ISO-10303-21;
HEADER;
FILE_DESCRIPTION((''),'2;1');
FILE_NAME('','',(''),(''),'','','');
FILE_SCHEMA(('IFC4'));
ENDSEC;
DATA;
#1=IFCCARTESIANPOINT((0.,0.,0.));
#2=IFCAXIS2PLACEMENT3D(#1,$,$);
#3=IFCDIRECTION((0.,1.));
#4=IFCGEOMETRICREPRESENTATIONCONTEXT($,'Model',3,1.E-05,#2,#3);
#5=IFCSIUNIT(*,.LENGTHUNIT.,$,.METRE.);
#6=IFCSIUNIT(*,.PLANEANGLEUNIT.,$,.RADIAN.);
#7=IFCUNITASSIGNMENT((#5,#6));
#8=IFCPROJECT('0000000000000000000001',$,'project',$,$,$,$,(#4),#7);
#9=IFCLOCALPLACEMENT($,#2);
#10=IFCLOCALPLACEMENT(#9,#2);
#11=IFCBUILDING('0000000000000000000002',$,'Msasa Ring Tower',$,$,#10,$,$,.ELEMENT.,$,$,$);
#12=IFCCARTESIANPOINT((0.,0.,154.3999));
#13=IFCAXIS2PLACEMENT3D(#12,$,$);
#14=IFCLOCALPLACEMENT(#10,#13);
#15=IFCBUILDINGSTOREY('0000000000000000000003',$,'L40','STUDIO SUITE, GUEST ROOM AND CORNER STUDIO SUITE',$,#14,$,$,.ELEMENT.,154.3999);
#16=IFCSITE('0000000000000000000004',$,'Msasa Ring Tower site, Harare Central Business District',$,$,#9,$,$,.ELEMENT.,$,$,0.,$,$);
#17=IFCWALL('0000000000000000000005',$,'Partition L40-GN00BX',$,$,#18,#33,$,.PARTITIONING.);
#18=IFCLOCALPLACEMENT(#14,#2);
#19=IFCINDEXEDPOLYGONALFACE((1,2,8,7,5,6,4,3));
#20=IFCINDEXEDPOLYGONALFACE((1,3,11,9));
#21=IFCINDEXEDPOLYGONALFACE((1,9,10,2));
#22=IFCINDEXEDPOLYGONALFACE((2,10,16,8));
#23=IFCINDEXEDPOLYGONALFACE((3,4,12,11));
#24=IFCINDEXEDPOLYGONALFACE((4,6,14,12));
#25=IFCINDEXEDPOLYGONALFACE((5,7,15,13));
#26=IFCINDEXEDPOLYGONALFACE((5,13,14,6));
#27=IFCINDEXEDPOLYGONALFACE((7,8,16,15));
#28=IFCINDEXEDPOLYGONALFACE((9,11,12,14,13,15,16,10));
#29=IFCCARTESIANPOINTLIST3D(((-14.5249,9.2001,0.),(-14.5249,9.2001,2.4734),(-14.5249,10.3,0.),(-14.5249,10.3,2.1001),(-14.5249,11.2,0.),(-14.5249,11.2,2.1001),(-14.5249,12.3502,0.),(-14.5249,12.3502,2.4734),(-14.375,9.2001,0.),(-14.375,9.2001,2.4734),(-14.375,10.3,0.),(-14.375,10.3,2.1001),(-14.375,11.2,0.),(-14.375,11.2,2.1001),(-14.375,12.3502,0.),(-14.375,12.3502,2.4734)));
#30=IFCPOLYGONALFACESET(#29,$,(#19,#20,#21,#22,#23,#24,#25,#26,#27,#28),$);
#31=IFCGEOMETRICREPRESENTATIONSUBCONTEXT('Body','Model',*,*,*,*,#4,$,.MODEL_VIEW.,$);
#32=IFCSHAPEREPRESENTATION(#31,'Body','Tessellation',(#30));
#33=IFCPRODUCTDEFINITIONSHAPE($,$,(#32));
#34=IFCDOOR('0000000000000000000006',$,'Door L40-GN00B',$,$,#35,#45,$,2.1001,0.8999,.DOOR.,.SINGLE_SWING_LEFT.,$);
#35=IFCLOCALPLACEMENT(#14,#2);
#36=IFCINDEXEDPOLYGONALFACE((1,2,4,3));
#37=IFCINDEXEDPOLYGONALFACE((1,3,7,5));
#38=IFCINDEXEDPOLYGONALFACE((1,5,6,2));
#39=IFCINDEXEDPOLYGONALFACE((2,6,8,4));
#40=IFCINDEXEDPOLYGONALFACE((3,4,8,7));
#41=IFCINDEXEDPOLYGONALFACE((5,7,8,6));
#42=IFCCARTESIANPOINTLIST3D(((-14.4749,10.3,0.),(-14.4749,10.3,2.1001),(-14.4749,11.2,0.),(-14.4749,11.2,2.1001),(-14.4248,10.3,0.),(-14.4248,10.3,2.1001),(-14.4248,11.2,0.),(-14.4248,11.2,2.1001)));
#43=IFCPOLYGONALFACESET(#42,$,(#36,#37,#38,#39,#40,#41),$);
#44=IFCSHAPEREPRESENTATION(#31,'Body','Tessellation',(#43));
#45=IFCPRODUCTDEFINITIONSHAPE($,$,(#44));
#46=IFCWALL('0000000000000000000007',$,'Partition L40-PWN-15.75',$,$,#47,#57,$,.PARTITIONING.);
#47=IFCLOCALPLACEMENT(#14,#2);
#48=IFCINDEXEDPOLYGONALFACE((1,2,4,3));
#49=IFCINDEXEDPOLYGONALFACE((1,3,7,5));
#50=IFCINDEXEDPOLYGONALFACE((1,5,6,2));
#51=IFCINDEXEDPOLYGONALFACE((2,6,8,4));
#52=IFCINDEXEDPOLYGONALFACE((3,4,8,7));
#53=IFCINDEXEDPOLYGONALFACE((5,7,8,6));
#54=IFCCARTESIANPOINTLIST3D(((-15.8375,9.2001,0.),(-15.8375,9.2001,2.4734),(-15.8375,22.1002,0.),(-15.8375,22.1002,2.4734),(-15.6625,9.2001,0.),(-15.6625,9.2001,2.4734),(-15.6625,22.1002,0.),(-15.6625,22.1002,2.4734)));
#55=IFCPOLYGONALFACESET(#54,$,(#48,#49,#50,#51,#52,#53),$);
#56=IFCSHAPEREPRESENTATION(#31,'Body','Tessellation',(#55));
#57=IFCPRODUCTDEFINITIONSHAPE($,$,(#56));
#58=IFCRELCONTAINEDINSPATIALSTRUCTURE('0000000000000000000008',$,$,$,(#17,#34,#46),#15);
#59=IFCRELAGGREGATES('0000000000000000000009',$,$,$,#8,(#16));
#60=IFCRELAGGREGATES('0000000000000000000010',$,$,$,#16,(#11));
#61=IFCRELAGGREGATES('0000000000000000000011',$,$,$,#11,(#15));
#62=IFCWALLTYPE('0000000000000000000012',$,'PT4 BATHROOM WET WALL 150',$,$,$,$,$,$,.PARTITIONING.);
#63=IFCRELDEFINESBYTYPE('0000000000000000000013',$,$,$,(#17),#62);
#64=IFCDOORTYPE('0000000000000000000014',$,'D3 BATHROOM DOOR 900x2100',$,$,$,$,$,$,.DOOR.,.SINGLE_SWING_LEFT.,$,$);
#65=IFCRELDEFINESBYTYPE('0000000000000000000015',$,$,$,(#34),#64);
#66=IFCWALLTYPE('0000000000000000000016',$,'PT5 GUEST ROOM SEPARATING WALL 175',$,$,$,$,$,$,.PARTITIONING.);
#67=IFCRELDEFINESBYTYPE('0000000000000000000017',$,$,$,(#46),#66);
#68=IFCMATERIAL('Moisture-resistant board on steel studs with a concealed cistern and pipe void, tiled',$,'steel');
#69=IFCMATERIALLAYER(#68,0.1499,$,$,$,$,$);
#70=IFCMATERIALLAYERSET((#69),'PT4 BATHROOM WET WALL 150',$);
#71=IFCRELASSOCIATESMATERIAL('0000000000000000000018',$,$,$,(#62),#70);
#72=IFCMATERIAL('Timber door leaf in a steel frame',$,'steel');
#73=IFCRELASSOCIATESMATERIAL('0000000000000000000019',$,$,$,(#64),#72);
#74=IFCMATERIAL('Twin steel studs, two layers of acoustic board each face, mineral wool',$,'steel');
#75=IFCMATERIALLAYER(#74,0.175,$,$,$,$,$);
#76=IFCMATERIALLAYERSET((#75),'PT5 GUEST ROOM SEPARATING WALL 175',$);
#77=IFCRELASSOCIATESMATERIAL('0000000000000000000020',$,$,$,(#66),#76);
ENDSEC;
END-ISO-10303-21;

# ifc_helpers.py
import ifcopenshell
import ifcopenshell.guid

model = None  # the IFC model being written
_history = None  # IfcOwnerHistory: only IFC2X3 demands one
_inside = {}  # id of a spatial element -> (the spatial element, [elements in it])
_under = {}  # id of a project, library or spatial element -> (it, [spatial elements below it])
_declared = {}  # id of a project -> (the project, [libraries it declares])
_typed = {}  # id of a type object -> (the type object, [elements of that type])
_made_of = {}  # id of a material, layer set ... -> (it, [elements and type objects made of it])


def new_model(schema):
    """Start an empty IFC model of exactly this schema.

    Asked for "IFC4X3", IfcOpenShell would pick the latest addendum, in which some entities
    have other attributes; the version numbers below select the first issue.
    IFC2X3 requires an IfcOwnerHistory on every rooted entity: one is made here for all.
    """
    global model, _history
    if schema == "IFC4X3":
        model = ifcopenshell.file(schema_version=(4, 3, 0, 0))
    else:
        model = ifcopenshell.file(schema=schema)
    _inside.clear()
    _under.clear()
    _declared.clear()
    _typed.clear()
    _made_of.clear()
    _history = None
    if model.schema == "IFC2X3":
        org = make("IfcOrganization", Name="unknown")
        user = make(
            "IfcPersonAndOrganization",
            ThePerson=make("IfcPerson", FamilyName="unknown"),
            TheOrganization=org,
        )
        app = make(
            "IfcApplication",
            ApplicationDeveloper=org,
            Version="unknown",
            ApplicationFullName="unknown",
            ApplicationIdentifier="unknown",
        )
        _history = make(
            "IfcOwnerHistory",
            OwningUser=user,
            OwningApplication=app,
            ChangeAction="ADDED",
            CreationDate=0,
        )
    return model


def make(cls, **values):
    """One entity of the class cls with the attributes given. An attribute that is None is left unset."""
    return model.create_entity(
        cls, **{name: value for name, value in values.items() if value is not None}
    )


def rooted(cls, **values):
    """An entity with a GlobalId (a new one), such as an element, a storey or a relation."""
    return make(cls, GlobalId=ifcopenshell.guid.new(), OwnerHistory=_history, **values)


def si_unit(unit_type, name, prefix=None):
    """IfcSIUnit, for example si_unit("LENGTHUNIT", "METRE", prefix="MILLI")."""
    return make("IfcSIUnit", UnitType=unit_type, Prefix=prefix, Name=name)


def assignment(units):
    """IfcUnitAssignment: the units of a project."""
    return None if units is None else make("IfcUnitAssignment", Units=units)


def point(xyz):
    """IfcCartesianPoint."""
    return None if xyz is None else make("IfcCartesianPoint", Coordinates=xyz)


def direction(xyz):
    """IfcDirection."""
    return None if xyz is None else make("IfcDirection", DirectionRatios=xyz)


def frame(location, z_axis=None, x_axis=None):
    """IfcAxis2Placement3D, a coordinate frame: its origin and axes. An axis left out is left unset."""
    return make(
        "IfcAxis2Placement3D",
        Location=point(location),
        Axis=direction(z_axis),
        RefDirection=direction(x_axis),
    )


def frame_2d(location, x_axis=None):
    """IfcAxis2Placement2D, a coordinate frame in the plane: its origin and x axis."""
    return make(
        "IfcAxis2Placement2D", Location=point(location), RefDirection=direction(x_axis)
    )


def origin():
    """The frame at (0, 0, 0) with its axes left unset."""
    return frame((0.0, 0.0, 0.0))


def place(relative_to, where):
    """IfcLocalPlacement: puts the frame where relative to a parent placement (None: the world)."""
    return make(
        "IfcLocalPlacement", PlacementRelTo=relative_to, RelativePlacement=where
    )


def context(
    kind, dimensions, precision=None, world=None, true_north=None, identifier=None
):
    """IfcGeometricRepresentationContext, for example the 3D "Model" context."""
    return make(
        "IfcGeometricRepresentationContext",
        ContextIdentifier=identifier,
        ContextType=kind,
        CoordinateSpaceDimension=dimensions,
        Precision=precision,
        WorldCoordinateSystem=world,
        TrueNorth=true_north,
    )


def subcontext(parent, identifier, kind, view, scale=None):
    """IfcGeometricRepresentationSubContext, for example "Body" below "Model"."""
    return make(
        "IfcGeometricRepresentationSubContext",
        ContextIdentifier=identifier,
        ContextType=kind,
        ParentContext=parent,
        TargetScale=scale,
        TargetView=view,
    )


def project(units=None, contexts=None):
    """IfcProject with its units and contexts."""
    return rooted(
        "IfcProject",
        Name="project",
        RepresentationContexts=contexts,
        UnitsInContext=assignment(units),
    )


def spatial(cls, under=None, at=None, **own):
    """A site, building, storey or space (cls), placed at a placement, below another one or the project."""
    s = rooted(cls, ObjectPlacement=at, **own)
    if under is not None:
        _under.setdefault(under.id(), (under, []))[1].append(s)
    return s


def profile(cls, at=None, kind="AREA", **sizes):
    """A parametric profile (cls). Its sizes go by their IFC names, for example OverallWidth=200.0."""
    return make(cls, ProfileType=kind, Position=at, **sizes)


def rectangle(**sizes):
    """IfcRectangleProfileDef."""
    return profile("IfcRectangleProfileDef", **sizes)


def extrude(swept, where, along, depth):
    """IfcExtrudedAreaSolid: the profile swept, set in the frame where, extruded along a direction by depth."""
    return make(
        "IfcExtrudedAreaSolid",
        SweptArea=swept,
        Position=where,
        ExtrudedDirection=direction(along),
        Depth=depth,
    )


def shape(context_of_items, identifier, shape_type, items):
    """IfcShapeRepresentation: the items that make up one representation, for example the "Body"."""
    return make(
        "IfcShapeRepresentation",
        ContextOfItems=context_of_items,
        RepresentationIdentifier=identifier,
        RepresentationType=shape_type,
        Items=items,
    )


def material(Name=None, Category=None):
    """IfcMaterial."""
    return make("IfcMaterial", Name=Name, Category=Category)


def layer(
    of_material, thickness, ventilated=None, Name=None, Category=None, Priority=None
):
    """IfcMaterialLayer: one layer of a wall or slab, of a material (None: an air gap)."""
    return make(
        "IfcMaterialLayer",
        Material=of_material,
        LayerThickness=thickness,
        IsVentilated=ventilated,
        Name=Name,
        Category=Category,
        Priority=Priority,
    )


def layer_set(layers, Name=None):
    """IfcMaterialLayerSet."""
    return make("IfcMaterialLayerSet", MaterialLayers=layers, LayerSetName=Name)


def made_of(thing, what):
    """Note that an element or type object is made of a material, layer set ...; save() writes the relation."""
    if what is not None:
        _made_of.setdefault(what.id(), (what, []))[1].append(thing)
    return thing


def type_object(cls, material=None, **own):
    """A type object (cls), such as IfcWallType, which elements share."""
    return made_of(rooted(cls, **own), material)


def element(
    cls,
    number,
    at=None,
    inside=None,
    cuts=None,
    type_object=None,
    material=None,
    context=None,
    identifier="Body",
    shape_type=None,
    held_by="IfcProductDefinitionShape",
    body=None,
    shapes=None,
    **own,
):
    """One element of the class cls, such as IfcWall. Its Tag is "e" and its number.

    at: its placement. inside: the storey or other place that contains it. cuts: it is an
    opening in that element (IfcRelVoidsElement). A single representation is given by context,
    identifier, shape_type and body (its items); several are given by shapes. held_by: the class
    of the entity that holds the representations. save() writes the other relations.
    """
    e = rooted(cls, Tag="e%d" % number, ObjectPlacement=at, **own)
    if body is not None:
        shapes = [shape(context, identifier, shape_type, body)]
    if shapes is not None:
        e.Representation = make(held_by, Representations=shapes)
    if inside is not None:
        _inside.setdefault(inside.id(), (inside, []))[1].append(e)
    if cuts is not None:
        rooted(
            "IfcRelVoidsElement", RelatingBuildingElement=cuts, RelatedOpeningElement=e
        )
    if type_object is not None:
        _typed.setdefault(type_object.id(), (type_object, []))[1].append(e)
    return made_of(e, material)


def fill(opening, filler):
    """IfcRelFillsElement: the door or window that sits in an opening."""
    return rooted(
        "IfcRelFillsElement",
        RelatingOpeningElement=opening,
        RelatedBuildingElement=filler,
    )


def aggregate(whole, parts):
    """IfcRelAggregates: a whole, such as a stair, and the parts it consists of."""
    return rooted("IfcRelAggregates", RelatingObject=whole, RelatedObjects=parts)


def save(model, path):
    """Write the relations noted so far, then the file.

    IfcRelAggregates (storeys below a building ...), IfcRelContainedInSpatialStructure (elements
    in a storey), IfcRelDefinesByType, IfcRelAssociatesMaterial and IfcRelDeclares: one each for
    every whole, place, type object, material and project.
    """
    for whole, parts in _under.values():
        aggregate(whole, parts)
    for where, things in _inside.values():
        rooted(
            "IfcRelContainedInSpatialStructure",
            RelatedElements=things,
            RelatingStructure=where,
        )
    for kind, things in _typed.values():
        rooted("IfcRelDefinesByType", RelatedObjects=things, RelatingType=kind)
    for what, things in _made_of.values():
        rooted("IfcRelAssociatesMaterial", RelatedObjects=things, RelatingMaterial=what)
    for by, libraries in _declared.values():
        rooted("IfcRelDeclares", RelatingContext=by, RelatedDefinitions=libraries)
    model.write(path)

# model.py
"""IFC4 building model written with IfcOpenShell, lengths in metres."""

from ifc_helpers import new_model, si_unit, direction, frame, frame_2d, origin, place, context, subcontext, project, spatial, rectangle, extrude, material, layer, layer_set, type_object, element, fill, save


model = new_model("IFC4")

# Units and contexts
model_context = context("Model", 3, precision=1e-05, world=origin(), true_north=direction((0.0, 1.0)))
body_context = subcontext(model_context, "Body", "Model", "MODEL_VIEW")
ifc_project = project(units=[si_unit("LENGTHUNIT", "METRE"), si_unit("PLANEANGLEUNIT", "RADIAN")], contexts=[model_context])

# Site, building, storey
site_placement = place(None, origin())
site = spatial("IfcSite", under=ifc_project, at=site_placement, Name="Msasa Ring Tower site, Harare Central Business District", CompositionType="ELEMENT", RefElevation=0.0)
building_placement = place(site_placement, origin())
building = spatial("IfcBuilding", under=site, at=building_placement, Name="Msasa Ring Tower", CompositionType="ELEMENT")
storey_placement = place(building_placement, frame((0.0, 0.0, 154.3999)))
storey = spatial("IfcBuildingStorey", under=building, at=storey_placement, Name="L40", Description="STUDIO SUITE, GUEST ROOM AND CORNER STUDIO SUITE", CompositionType="ELEMENT", Elevation=154.3999)

# Wall, opening, door
ifc_material_1 = material(Name="Moisture-resistant board on steel studs with a concealed cistern and pipe void, tiled", Category="steel")
ifc_layer_1 = layer(ifc_material_1, 0.1499)
ifc_layer_set_1 = layer_set([ifc_layer_1], Name="PT4 BATHROOM WET WALL 150")
wall_type_1 = type_object("IfcWallType", Name="PT4 BATHROOM WET WALL 150", PredefinedType="PARTITIONING", material=ifc_layer_set_1)
wall_1_placement = place(storey_placement, frame((-14.45, 9.2, 0.0), z_axis=(0.0, 0.0, 1.0), x_axis=(0.0, 1.0, 0.0)))
wall_1 = element("IfcWall", 1, at=wall_1_placement, inside=storey, type_object=wall_type_1, Name="Partition L40-GN00BX", PredefinedType="PARTITIONING", context=body_context, shape_type="SweptSolid", body=[
    extrude(rectangle(XDim=3.1501, YDim=0.1499, at=frame_2d((1.5752, 0.0))), origin(), (0.0, 0.0, 1.0), 2.4734),
])
opening_1_placement = place(wall_1_placement, frame((1.1001, 0.0, 0.0)))
opening_1 = element("IfcOpeningElement", 2, at=opening_1_placement, cuts=wall_1, PredefinedType="OPENING", context=body_context, shape_type="SweptSolid", body=[
    extrude(rectangle(XDim=0.8999, YDim=2.1001, at=frame_2d((0.45, 1.05))), frame((0.0, 0.085, 0.0), z_axis=(0.0, -1.0, 0.0), x_axis=(1.0, 0.0, 0.0)), (0.0, 0.0, 1.0), 0.1699),
])
ifc_material_2 = material(Name="Timber door leaf in a steel frame", Category="steel")
door_type_1 = type_object("IfcDoorType", Name="D3 BATHROOM DOOR 900x2100", OperationType="SINGLE_SWING_LEFT", PredefinedType="DOOR", material=ifc_material_2)
door_1_placement = place(opening_1_placement, origin())
door_1 = element("IfcDoor", 3, at=door_1_placement, inside=storey, type_object=door_type_1, Name="Door L40-GN00B", OperationType="SINGLE_SWING_LEFT", OverallHeight=2.1001, OverallWidth=0.8999, PredefinedType="DOOR", context=body_context, shape_type="SweptSolid", body=[
    extrude(rectangle(XDim=0.8999, YDim=2.1001, at=frame_2d((0.45, 1.05))), frame((0.0, 0.0249, 0.0), z_axis=(0.0, -1.0, 0.0), x_axis=(1.0, 0.0, 0.0)), (0.0, 0.0, 1.0), 0.05),
])
fill(opening_1, door_1)

# Wall
ifc_material_3 = material(Name="Twin steel studs, two layers of acoustic board each face, mineral wool", Category="steel")
ifc_layer_2 = layer(ifc_material_3, 0.175)
ifc_layer_set_2 = layer_set([ifc_layer_2], Name="PT5 GUEST ROOM SEPARATING WALL 175")
wall_type_2 = type_object("IfcWallType", Name="PT5 GUEST ROOM SEPARATING WALL 175", PredefinedType="PARTITIONING", material=ifc_layer_set_2)
wall_2_placement = place(storey_placement, frame((-15.75, 9.2, 0.0), z_axis=(0.0, 0.0, 1.0), x_axis=(0.0, 1.0, 0.0)))
element("IfcWall", 4, at=wall_2_placement, inside=storey, type_object=wall_type_2, Name="Partition L40-PWN-15.75", PredefinedType="PARTITIONING", context=body_context, shape_type="SweptSolid", body=[
    extrude(rectangle(XDim=12.9001, YDim=0.175, at=frame_2d((6.4502, 0.0))), origin(), (0.0, 0.0, 1.0), 2.4734),
])

save(model, "model.ifc")
